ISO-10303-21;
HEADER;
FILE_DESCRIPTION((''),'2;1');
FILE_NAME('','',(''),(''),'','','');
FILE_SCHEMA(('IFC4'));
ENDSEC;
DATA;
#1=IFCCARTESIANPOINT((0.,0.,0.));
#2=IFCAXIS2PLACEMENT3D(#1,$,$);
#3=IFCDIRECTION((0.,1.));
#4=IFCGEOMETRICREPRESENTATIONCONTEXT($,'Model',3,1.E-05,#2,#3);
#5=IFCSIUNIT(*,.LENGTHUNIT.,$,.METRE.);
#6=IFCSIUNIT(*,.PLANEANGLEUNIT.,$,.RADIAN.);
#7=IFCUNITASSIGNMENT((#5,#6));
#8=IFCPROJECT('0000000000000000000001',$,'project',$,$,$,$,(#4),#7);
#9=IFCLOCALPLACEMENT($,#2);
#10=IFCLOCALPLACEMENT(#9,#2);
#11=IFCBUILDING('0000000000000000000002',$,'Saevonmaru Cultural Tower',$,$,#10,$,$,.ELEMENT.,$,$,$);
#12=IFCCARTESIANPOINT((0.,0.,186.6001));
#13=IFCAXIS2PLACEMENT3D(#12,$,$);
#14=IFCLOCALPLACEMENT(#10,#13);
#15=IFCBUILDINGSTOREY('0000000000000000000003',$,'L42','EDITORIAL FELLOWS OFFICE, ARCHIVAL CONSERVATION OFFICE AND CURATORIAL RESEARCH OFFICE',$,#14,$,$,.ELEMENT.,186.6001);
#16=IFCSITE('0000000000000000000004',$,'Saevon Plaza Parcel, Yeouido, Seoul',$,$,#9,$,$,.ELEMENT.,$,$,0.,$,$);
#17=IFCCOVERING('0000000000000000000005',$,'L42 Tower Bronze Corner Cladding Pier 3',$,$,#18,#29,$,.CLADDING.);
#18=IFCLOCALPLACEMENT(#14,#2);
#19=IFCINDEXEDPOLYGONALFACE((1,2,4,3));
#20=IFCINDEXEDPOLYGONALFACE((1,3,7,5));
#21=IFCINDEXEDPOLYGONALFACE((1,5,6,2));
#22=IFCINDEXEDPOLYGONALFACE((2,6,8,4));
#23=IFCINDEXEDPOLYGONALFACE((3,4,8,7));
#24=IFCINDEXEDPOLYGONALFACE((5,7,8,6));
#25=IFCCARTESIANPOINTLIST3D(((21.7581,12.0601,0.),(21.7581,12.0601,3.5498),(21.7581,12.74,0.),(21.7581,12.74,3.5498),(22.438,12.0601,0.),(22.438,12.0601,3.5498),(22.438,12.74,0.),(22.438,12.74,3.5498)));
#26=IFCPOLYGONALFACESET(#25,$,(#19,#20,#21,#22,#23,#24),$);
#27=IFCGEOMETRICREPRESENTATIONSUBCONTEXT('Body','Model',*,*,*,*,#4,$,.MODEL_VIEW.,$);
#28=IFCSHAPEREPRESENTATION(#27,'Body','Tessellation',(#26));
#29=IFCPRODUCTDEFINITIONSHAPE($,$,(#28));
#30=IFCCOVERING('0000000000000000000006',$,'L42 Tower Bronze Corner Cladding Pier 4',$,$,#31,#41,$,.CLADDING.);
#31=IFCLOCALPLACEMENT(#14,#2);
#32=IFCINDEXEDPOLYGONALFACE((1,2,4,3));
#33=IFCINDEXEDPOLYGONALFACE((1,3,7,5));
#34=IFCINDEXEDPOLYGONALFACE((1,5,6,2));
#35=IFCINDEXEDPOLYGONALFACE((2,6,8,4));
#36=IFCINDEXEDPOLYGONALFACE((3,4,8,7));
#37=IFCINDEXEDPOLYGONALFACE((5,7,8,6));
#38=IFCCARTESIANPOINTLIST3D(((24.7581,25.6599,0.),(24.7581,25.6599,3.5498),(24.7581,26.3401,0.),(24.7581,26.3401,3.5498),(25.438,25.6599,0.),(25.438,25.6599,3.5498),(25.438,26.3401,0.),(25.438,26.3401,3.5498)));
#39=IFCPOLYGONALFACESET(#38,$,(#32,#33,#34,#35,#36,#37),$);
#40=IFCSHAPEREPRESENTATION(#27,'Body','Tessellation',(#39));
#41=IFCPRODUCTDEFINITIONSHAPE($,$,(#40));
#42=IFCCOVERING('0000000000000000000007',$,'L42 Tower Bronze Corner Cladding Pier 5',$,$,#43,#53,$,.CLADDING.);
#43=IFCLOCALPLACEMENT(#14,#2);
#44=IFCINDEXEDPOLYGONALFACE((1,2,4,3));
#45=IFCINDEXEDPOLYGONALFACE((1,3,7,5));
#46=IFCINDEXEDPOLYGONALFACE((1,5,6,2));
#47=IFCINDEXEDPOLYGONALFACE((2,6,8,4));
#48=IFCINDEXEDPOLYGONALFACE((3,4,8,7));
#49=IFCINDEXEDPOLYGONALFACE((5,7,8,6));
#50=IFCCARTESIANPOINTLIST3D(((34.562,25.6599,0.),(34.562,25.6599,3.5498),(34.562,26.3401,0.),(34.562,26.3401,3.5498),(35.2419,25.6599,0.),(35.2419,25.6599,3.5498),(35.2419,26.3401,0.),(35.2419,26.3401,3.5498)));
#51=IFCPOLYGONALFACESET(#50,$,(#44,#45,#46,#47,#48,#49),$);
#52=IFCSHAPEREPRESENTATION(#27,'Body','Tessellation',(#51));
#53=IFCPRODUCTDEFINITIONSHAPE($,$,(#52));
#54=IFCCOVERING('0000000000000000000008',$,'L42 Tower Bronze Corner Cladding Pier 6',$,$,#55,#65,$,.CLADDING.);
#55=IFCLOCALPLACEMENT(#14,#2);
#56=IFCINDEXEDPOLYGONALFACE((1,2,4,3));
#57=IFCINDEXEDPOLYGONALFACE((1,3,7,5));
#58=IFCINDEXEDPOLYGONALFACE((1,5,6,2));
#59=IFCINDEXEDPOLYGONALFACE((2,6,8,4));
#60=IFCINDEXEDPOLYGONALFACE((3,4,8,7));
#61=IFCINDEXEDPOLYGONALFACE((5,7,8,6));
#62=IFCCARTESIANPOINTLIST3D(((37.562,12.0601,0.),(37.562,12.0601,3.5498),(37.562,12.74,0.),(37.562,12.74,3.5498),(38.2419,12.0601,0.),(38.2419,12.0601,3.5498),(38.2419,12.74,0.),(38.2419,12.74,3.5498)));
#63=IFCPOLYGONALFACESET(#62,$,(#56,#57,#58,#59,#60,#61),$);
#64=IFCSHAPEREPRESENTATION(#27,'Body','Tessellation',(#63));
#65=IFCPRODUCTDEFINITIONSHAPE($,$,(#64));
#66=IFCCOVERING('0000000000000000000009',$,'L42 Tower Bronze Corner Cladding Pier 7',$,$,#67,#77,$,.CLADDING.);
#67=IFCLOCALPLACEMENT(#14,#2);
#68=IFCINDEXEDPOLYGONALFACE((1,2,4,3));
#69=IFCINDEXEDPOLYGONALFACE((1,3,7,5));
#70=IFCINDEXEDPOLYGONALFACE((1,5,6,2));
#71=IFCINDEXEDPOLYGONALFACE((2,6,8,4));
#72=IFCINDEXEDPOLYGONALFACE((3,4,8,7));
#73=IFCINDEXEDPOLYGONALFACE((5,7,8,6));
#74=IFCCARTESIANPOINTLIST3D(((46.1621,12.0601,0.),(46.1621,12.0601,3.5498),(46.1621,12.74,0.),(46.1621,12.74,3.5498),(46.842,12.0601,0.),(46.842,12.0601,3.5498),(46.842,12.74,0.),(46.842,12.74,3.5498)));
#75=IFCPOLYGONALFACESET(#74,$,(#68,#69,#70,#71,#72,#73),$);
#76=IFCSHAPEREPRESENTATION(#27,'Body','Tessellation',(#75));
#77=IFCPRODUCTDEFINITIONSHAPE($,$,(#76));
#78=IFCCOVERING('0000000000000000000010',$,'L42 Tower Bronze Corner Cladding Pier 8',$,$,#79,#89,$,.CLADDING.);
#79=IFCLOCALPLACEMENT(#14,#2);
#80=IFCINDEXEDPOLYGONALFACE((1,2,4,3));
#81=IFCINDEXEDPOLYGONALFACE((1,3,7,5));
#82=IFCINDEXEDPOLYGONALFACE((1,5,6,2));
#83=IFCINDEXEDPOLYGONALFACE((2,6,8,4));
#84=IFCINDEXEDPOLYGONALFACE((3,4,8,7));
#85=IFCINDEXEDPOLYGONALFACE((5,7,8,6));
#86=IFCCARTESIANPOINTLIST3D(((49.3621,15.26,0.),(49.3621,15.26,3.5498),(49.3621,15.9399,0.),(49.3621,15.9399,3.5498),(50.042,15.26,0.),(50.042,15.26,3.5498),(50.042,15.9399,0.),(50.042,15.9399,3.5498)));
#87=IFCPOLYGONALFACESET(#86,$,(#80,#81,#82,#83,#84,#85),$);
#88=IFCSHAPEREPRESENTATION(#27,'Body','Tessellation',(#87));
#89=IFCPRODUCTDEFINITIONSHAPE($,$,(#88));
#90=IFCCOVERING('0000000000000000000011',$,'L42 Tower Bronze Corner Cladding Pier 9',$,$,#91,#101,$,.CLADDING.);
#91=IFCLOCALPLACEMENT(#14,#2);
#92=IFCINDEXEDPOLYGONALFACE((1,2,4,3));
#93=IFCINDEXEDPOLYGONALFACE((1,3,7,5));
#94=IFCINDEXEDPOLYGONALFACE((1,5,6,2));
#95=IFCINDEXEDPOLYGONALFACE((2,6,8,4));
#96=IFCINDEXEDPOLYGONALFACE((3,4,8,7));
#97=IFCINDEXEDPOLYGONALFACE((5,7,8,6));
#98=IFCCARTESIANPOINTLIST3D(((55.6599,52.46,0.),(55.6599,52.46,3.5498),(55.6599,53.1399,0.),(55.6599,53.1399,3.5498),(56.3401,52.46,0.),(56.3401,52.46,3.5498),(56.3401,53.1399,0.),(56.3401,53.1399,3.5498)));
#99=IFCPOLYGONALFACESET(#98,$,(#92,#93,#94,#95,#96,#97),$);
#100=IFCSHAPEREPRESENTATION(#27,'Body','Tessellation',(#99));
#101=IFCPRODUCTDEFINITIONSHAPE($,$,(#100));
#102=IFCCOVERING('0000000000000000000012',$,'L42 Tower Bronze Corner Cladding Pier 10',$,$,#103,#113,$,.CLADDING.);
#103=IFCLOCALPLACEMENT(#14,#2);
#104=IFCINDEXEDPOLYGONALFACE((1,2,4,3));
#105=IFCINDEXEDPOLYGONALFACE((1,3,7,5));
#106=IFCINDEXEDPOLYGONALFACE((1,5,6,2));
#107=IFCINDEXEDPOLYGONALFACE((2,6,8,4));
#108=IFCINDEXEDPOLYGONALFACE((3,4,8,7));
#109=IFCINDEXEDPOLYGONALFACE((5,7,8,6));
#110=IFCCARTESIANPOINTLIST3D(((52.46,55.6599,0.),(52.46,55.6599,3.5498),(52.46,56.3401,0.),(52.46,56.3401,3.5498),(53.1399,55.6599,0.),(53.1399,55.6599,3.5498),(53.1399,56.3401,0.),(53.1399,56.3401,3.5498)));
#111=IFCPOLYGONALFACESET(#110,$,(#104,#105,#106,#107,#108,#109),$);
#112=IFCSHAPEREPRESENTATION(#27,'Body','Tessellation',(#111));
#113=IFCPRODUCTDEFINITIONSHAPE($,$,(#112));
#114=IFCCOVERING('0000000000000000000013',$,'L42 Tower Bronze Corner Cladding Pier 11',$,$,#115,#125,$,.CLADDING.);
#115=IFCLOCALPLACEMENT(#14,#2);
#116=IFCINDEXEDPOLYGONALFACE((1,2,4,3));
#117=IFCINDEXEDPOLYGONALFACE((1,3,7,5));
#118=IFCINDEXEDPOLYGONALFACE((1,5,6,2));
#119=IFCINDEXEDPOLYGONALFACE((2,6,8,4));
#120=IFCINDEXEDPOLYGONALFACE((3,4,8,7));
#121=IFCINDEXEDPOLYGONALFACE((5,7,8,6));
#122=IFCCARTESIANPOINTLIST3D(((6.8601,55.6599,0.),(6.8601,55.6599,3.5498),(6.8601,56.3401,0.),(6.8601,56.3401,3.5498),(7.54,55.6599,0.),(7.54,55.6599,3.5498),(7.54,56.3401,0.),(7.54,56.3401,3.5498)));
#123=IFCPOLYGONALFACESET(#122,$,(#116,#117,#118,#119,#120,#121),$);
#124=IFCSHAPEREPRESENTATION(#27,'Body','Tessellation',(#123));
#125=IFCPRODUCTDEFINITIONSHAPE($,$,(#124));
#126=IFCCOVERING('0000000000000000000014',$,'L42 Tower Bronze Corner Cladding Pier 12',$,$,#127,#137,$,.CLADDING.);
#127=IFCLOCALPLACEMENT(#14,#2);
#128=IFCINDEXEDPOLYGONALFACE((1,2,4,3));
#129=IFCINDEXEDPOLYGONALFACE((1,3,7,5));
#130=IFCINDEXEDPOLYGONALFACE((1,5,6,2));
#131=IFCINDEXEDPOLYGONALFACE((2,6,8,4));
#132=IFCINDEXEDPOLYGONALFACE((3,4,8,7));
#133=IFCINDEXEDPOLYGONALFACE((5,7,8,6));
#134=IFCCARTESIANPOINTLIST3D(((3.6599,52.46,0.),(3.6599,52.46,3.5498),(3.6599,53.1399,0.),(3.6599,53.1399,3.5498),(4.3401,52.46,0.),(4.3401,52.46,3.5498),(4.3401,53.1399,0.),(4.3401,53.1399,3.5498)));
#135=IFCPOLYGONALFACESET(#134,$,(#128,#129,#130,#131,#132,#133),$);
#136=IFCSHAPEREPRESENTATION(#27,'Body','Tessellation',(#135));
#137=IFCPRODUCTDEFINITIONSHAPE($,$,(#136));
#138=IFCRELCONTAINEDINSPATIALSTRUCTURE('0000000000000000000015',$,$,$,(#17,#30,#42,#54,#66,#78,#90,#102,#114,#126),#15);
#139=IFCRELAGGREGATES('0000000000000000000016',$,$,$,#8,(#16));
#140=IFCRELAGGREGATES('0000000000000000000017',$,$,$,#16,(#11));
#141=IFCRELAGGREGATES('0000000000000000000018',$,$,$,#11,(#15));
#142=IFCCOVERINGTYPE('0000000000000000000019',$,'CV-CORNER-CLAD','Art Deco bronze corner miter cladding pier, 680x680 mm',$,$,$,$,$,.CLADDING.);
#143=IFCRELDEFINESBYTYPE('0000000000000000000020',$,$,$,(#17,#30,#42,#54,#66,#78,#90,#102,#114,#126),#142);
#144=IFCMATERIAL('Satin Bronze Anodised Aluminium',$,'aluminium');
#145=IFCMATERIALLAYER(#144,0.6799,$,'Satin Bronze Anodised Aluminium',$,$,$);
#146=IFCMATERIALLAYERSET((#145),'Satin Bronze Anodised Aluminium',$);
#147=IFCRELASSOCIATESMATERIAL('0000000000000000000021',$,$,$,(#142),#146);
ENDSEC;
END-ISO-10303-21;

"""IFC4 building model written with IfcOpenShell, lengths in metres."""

from ifc_helpers import new_model, si_unit, direction, frame, origin, place, context, subcontext, project, spatial, polyline, outline, extrude, material, layer, layer_set, type_object, element, save


model = new_model("IFC4")

# Units and contexts
model_context = context("Model", 3, precision=1e-05, world=origin(), true_north=direction((0.0, 1.0)))
body_context = subcontext(model_context, "Body", "Model", "MODEL_VIEW")
ifc_project = project(units=[si_unit("LENGTHUNIT", "METRE"), si_unit("PLANEANGLEUNIT", "RADIAN")], contexts=[model_context])

# Site, building, storey
site_placement = place(None, origin())
site = spatial("IfcSite", under=ifc_project, at=site_placement, Name="Saevon Plaza Parcel, Yeouido, Seoul", CompositionType="ELEMENT", RefElevation=0.0)
building_placement = place(site_placement, origin())
building = spatial("IfcBuilding", under=site, at=building_placement, Name="Saevonmaru Cultural Tower", CompositionType="ELEMENT")
storey_placement = place(building_placement, frame((0.0, 0.0, 186.6001)))
storey = spatial("IfcBuildingStorey", under=building, at=storey_placement, Name="L42", Description="EDITORIAL FELLOWS OFFICE, ARCHIVAL CONSERVATION OFFICE AND CURATORIAL RESEARCH OFFICE", CompositionType="ELEMENT", Elevation=186.6001)

# Shared definitions
ifc_material_1 = material(Name="Satin Bronze Anodised Aluminium", Category="aluminium")

# Coverings
ifc_layer_1 = layer(ifc_material_1, 0.6799, Name="Satin Bronze Anodised Aluminium")
ifc_layer_set_1 = layer_set([ifc_layer_1], Name="Satin Bronze Anodised Aluminium")
covering_type = type_object("IfcCoveringType", Name="CV-CORNER-CLAD", Description="Art Deco bronze corner miter cladding pier, 680x680 mm", PredefinedType="CLADDING", material=ifc_layer_set_1)
covering_1_placement = place(storey_placement, origin())
element("IfcCovering", 1, at=covering_1_placement, inside=storey, type_object=covering_type, Name="L42 Tower Bronze Corner Cladding Pier 3", PredefinedType="CLADDING", context=body_context, shape_type="SweptSolid", body=[
    extrude(outline(polyline([(21.7581, 12.0601), (22.438, 12.0601), (22.438, 12.74), (21.7581, 12.74), (21.7581, 12.0601)])), origin(), (0.0, 0.0, 1.0), 3.5498),
])
covering_2_placement = place(storey_placement, origin())
element("IfcCovering", 2, at=covering_2_placement, inside=storey, type_object=covering_type, Name="L42 Tower Bronze Corner Cladding Pier 4", PredefinedType="CLADDING", context=body_context, shape_type="SweptSolid", body=[
    extrude(outline(polyline([(24.7581, 25.6599), (25.438, 25.6599), (25.438, 26.3401), (24.7581, 26.3401), (24.7581, 25.6599)])), origin(), (0.0, 0.0, 1.0), 3.5498),
])
covering_3_placement = place(storey_placement, origin())
element("IfcCovering", 3, at=covering_3_placement, inside=storey, type_object=covering_type, Name="L42 Tower Bronze Corner Cladding Pier 5", PredefinedType="CLADDING", context=body_context, shape_type="SweptSolid", body=[
    extrude(outline(polyline([(34.562, 25.6599), (35.2419, 25.6599), (35.2419, 26.3401), (34.562, 26.3401), (34.562, 25.6599)])), origin(), (0.0, 0.0, 1.0), 3.5498),
])
covering_4_placement = place(storey_placement, origin())
element("IfcCovering", 4, at=covering_4_placement, inside=storey, type_object=covering_type, Name="L42 Tower Bronze Corner Cladding Pier 6", PredefinedType="CLADDING", context=body_context, shape_type="SweptSolid", body=[
    extrude(outline(polyline([(37.562, 12.0601), (38.2419, 12.0601), (38.2419, 12.74), (37.562, 12.74), (37.562, 12.0601)])), origin(), (0.0, 0.0, 1.0), 3.5498),
])
covering_5_placement = place(storey_placement, origin())
element("IfcCovering", 5, at=covering_5_placement, inside=storey, type_object=covering_type, Name="L42 Tower Bronze Corner Cladding Pier 7", PredefinedType="CLADDING", context=body_context, shape_type="SweptSolid", body=[
    extrude(outline(polyline([(46.1621, 12.0601), (46.842, 12.0601), (46.842, 12.74), (46.1621, 12.74), (46.1621, 12.0601)])), origin(), (0.0, 0.0, 1.0), 3.5498),
])
covering_6_placement = place(storey_placement, origin())
element("IfcCovering", 6, at=covering_6_placement, inside=storey, type_object=covering_type, Name="L42 Tower Bronze Corner Cladding Pier 8", PredefinedType="CLADDING", context=body_context, shape_type="SweptSolid", body=[
    extrude(outline(polyline([(49.3621, 15.26), (50.042, 15.26), (50.042, 15.9399), (49.3621, 15.9399), (49.3621, 15.26)])), origin(), (0.0, 0.0, 1.0), 3.5498),
])
covering_7_placement = place(storey_placement, origin())
element("IfcCovering", 7, at=covering_7_placement, inside=storey, type_object=covering_type, Name="L42 Tower Bronze Corner Cladding Pier 9", PredefinedType="CLADDING", context=body_context, shape_type="SweptSolid", body=[
    extrude(outline(polyline([(55.6599, 52.46), (56.3401, 52.46), (56.3401, 53.1399), (55.6599, 53.1399), (55.6599, 52.46)])), origin(), (0.0, 0.0, 1.0), 3.5498),
])
covering_8_placement = place(storey_placement, origin())
element("IfcCovering", 8, at=covering_8_placement, inside=storey, type_object=covering_type, Name="L42 Tower Bronze Corner Cladding Pier 10", PredefinedType="CLADDING", context=body_context, shape_type="SweptSolid", body=[
    extrude(outline(polyline([(52.46, 55.6599), (53.1399, 55.6599), (53.1399, 56.3401), (52.46, 56.3401), (52.46, 55.6599)])), origin(), (0.0, 0.0, 1.0), 3.5498),
])
covering_9_placement = place(storey_placement, origin())
element("IfcCovering", 9, at=covering_9_placement, inside=storey, type_object=covering_type, Name="L42 Tower Bronze Corner Cladding Pier 11", PredefinedType="CLADDING", context=body_context, shape_type="SweptSolid", body=[
    extrude(outline(polyline([(6.8601, 55.6599), (7.54, 55.6599), (7.54, 56.3401), (6.8601, 56.3401), (6.8601, 55.6599)])), origin(), (0.0, 0.0, 1.0), 3.5498),
])
covering_10_placement = place(storey_placement, origin())
element("IfcCovering", 10, at=covering_10_placement, inside=storey, type_object=covering_type, Name="L42 Tower Bronze Corner Cladding Pier 12", PredefinedType="CLADDING", context=body_context, shape_type="SweptSolid", body=[
    extrude(outline(polyline([(3.6599, 52.46), (4.3401, 52.46), (4.3401, 53.1399), (3.6599, 53.1399), (3.6599, 52.46)])), origin(), (0.0, 0.0, 1.0), 3.5498),
])

save(model, "model.ifc")
